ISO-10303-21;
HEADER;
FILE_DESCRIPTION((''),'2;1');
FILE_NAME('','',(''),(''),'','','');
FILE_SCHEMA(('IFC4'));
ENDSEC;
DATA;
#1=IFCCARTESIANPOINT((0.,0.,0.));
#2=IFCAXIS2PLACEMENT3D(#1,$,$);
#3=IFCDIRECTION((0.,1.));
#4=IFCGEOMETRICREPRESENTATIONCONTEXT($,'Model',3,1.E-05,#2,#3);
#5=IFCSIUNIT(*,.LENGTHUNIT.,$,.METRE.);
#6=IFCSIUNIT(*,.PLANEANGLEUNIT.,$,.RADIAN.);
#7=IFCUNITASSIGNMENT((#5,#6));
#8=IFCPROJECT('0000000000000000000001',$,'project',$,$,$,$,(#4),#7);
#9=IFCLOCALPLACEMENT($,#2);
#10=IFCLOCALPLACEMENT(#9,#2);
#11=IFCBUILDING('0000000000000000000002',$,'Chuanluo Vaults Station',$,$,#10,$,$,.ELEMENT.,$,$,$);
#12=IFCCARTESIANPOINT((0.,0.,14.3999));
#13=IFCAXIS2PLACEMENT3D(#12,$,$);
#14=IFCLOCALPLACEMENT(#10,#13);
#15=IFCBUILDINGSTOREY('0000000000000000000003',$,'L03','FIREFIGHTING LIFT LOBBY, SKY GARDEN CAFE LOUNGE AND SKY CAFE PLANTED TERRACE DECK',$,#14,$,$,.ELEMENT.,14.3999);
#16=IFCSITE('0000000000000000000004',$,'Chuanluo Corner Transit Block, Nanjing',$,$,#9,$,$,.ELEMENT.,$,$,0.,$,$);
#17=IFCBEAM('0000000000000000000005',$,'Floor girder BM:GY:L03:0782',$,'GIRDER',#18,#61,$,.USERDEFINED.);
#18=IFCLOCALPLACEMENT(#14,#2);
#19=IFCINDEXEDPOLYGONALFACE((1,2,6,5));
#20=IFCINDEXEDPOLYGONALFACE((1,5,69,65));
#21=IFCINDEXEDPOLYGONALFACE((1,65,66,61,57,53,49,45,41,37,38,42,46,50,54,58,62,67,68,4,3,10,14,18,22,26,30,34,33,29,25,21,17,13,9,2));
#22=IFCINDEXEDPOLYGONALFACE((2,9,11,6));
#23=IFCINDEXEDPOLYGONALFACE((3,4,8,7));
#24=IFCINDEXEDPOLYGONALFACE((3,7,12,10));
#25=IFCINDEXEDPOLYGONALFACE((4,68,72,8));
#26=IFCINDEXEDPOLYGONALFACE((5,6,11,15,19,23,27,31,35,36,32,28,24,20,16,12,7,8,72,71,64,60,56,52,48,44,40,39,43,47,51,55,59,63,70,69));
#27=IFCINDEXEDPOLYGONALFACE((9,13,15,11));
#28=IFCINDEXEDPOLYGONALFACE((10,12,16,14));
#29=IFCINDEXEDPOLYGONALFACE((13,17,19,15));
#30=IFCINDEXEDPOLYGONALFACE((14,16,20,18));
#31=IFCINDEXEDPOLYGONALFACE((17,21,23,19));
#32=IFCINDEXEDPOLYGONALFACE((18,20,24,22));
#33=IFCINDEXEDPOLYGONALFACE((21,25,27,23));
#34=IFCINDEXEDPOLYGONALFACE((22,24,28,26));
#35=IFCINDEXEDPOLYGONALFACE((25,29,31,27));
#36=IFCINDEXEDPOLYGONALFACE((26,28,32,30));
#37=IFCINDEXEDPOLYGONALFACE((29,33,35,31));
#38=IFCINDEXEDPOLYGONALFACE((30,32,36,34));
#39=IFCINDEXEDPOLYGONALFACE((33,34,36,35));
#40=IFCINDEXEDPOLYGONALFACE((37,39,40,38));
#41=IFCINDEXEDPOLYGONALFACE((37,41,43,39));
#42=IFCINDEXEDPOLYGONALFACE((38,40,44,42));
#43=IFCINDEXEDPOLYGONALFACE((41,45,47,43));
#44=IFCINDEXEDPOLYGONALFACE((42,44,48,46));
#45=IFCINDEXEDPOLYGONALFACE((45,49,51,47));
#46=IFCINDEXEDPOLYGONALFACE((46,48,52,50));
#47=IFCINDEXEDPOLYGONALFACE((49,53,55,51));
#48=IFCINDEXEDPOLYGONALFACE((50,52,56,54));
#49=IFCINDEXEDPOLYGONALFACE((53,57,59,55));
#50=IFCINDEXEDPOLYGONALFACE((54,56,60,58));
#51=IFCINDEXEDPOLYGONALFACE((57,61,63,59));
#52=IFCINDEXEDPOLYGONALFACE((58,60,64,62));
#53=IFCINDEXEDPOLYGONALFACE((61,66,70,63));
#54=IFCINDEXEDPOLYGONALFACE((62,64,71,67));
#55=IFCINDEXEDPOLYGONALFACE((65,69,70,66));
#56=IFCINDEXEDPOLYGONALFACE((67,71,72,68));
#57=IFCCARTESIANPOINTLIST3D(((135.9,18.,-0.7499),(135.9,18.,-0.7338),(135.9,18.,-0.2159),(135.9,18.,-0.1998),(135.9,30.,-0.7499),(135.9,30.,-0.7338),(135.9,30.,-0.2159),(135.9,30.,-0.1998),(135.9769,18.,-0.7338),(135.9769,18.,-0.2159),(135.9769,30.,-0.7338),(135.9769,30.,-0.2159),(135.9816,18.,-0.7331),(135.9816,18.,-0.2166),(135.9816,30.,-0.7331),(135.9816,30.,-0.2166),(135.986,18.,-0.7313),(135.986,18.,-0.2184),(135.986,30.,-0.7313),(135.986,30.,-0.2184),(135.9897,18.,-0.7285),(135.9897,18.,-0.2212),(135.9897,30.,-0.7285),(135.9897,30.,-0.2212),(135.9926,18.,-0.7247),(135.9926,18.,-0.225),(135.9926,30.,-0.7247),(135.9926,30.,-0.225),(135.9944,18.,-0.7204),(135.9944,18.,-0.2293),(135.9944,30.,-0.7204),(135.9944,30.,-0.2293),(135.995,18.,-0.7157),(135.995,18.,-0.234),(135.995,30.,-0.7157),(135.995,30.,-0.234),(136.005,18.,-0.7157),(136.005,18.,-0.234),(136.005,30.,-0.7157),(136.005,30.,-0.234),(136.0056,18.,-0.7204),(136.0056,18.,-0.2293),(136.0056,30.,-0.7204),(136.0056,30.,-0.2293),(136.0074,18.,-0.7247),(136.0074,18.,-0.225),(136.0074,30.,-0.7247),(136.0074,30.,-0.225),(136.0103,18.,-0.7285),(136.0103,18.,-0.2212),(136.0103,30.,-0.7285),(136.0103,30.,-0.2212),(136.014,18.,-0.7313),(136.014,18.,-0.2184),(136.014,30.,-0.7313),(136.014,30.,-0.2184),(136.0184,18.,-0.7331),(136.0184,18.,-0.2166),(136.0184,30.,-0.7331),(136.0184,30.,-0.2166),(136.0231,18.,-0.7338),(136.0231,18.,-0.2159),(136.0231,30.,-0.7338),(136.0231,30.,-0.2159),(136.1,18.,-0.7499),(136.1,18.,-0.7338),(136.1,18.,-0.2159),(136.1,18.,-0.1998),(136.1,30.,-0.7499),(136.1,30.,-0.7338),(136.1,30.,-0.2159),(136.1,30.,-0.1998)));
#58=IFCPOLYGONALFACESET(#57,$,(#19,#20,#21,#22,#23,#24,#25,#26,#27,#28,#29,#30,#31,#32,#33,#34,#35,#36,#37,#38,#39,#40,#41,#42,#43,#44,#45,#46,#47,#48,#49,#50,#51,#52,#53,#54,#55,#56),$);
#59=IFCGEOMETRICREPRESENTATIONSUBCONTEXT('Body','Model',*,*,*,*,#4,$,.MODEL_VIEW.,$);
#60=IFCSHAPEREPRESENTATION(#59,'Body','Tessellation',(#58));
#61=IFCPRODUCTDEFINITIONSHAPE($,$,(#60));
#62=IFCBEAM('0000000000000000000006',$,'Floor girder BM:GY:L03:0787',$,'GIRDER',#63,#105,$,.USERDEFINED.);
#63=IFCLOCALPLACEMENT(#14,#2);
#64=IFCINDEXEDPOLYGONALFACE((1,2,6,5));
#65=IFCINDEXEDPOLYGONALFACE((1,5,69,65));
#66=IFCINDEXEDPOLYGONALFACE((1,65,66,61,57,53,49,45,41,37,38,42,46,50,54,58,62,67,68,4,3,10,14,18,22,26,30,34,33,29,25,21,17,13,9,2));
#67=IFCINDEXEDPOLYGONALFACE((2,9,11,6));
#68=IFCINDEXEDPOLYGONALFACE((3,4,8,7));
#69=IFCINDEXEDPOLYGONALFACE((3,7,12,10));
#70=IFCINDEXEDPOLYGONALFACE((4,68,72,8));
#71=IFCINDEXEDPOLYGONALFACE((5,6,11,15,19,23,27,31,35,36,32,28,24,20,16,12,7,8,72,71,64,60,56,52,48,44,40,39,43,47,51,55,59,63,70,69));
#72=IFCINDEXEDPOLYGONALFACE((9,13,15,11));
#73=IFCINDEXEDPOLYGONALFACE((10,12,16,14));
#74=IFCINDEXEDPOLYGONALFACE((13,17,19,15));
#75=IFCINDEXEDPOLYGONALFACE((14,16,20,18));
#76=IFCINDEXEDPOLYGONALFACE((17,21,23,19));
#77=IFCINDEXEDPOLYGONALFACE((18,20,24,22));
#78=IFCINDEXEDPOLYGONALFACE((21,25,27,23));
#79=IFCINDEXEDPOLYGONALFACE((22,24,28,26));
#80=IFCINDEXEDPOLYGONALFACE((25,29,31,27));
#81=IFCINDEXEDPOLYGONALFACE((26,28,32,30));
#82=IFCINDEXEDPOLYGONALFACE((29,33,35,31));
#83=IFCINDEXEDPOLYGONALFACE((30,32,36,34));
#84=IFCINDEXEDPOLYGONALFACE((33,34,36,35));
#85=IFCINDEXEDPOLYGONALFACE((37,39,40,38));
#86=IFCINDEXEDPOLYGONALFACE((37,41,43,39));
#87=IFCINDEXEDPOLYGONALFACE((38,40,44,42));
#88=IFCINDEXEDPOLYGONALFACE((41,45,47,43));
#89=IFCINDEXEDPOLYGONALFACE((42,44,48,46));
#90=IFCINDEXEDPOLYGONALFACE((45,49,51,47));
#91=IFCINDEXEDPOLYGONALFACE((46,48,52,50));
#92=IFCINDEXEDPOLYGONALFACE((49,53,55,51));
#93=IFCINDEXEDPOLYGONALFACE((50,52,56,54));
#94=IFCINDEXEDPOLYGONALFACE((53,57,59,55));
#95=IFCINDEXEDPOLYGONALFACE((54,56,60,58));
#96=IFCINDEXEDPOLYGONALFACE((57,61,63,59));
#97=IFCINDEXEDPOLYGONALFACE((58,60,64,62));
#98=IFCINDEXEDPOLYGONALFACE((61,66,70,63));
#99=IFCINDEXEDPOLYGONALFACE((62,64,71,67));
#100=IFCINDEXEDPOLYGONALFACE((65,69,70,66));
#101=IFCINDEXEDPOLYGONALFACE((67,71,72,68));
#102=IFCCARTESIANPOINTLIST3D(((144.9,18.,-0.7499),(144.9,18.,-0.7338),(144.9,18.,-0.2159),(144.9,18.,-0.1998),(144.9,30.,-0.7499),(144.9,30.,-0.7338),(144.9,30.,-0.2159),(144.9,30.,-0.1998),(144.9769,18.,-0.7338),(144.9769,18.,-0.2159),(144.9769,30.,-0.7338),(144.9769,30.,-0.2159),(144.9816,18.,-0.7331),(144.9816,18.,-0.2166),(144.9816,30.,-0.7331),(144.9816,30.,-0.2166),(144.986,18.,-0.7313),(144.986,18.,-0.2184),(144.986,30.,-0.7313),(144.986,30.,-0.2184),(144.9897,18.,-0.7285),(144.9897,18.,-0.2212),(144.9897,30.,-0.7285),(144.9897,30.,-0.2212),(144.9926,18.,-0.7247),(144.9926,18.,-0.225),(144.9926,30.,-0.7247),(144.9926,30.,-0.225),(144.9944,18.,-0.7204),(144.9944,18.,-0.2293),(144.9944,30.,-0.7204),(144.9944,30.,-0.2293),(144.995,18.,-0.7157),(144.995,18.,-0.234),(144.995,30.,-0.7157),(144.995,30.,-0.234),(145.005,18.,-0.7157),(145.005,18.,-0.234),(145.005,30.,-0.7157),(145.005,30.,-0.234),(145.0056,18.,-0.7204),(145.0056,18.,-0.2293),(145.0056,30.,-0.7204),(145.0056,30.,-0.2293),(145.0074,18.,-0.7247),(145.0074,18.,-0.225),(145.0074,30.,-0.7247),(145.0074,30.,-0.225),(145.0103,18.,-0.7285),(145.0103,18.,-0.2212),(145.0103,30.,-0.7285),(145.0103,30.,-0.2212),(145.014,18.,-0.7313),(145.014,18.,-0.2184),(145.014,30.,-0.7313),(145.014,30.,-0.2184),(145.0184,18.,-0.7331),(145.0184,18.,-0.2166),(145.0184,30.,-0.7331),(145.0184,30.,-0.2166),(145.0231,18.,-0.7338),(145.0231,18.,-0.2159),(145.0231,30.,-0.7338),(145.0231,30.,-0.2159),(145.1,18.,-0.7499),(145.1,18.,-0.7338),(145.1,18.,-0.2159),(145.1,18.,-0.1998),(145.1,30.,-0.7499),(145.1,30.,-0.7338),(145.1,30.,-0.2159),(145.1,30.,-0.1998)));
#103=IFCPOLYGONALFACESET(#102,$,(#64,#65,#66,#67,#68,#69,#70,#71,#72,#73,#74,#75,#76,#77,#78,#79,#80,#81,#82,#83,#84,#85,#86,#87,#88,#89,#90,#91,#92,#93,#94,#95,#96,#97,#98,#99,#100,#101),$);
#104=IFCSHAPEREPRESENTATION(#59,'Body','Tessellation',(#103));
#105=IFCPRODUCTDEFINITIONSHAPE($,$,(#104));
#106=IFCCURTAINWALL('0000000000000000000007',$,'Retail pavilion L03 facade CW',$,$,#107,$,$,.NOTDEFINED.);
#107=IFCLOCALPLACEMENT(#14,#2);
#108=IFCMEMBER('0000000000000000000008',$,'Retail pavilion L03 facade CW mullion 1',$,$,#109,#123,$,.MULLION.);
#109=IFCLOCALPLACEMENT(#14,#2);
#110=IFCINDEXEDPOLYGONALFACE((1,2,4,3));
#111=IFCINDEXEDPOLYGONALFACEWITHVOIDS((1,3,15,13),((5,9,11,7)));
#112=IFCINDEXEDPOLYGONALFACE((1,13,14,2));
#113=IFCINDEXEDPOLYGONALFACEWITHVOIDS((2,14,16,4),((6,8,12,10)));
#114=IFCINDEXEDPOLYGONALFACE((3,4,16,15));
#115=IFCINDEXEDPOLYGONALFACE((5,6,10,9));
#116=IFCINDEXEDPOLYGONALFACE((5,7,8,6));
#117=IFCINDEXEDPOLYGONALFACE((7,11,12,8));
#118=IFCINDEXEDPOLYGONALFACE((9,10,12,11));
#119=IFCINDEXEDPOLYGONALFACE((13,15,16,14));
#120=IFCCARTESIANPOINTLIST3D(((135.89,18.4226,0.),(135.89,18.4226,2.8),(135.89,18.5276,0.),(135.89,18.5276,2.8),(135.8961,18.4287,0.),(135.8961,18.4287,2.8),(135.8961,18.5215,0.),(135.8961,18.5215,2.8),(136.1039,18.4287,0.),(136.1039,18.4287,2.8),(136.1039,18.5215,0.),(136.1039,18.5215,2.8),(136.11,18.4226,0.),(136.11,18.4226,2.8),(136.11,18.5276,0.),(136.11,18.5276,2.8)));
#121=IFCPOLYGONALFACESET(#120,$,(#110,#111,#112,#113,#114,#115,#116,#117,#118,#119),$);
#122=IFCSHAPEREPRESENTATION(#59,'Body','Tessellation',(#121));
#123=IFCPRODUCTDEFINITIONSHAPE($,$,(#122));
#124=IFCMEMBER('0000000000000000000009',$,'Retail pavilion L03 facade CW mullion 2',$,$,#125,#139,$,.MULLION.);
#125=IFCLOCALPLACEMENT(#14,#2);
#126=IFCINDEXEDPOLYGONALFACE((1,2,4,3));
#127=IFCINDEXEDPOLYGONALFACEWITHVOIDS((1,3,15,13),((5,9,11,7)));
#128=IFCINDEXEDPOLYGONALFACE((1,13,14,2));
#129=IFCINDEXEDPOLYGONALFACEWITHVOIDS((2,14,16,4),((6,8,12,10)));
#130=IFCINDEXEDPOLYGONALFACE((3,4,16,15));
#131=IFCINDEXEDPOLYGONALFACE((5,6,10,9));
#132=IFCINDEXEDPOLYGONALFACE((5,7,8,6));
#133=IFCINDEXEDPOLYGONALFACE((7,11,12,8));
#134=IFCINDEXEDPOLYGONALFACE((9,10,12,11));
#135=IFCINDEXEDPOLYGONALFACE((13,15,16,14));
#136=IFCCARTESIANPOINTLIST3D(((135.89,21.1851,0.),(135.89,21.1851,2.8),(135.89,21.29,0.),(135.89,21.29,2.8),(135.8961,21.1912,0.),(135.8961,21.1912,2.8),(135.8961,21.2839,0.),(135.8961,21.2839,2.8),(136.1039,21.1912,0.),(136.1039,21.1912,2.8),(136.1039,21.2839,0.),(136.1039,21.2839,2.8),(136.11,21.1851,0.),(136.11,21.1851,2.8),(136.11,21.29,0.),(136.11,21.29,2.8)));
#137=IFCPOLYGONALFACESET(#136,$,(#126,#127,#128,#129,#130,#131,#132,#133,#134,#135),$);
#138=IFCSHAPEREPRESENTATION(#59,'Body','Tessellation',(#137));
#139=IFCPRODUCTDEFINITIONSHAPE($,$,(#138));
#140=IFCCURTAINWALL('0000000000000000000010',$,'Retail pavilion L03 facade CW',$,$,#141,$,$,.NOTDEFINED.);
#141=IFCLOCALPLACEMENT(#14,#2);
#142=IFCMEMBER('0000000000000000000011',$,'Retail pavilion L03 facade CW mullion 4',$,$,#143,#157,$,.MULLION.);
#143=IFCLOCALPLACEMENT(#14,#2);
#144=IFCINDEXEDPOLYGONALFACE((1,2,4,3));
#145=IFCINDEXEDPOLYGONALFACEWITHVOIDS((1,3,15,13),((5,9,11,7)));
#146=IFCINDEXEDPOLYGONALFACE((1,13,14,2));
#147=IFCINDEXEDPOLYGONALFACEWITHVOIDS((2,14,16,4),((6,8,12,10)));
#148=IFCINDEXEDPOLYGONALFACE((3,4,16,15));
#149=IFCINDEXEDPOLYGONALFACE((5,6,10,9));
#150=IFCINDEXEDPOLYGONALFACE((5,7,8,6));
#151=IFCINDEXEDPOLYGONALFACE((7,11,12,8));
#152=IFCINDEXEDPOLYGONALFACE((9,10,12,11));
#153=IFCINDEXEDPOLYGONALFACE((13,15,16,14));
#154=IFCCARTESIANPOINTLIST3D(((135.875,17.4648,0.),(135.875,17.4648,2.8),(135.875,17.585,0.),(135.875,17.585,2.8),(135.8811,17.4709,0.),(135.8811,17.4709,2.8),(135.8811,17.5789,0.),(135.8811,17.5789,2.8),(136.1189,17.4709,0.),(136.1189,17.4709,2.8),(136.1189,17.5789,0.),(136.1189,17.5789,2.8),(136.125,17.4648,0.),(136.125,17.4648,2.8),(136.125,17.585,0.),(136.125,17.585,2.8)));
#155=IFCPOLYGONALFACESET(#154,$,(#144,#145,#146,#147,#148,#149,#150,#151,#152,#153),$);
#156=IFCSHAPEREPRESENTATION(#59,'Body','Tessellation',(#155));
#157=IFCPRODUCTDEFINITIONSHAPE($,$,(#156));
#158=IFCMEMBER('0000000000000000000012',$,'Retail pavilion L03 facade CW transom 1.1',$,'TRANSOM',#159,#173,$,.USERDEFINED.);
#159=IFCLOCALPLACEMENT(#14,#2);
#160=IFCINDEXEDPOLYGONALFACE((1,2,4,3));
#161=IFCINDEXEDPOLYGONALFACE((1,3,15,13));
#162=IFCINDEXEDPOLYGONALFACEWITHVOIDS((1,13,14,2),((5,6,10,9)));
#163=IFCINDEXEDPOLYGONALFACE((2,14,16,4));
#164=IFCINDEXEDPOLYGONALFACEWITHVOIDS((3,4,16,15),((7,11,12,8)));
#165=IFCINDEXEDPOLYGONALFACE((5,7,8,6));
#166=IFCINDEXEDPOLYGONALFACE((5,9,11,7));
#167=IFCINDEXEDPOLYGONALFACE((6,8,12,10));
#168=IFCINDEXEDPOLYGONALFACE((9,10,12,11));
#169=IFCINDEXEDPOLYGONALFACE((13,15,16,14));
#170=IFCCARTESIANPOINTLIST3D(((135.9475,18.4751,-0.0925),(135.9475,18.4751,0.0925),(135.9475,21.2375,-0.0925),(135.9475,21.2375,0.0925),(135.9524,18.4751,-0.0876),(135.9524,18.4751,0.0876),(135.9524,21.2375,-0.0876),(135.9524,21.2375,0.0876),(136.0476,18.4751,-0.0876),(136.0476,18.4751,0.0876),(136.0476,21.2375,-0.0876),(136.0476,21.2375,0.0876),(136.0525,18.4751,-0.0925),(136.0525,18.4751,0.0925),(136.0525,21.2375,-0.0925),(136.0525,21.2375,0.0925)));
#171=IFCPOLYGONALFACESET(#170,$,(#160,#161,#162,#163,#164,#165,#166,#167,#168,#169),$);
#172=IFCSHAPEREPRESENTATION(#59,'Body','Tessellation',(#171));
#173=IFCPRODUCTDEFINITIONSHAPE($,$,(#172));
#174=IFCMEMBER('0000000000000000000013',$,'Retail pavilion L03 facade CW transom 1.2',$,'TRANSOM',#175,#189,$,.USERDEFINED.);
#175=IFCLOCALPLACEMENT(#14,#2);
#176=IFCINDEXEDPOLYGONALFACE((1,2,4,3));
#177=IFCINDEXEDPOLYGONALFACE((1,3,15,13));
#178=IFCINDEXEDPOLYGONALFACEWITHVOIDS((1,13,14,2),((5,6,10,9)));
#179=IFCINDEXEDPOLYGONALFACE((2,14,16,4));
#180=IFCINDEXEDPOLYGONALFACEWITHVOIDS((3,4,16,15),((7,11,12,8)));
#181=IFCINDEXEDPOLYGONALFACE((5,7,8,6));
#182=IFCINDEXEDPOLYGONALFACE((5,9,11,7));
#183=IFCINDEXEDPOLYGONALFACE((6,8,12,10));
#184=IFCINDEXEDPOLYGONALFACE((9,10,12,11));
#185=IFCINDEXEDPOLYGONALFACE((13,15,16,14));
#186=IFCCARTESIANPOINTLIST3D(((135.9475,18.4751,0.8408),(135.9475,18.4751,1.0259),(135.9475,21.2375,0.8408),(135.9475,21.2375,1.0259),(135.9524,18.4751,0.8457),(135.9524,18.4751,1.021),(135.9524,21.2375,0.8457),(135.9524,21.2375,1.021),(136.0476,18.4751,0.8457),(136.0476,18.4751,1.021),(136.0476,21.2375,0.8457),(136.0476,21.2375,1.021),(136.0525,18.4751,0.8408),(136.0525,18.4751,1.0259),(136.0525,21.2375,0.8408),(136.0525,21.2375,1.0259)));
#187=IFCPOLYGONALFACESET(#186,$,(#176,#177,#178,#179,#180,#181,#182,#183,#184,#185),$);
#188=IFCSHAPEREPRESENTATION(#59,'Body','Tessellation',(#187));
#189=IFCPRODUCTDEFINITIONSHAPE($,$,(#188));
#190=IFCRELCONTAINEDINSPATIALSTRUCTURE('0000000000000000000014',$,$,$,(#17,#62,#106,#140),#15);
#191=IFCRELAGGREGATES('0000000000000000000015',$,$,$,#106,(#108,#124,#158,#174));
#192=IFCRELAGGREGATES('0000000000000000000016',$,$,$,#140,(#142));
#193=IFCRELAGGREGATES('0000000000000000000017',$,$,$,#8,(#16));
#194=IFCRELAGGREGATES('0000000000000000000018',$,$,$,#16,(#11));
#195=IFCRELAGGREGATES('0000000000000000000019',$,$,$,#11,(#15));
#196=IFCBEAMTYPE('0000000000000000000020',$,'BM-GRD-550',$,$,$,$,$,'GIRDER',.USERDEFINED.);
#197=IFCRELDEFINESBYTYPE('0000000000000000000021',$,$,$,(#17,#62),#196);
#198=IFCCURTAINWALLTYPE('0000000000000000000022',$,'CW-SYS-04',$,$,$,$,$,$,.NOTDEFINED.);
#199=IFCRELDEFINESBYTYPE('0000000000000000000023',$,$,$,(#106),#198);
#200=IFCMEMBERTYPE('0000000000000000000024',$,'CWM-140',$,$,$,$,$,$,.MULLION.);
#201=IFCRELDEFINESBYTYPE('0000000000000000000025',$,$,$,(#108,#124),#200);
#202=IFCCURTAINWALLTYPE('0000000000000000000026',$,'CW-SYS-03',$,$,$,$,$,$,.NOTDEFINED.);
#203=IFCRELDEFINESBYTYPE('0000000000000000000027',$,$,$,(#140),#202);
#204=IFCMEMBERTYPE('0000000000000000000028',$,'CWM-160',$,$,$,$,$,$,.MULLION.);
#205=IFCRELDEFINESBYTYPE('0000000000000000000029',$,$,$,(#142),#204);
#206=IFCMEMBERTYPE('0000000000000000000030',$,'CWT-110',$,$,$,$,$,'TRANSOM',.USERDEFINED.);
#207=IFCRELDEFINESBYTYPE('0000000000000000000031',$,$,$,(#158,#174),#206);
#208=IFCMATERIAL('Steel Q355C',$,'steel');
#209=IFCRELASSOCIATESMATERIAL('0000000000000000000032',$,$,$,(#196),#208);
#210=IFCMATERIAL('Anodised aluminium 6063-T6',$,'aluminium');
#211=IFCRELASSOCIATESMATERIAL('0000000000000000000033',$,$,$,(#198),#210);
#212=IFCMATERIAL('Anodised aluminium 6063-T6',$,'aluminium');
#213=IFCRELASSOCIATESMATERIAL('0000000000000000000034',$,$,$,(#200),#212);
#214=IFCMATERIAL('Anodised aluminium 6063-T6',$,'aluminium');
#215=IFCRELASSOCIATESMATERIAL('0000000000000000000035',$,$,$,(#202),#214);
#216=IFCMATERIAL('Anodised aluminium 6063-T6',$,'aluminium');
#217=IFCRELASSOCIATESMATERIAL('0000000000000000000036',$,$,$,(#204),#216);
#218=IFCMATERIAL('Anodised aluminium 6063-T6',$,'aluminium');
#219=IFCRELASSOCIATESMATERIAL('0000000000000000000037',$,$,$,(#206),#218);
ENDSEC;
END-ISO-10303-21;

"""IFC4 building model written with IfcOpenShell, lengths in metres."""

from ifc_helpers import new_model, si_unit, direction, frame, origin, origin_2d, place, context, subcontext, project, spatial, hollow_rectangle, i_section, extrude, material, material_profile, profile_set, type_object, element, aggregate, save


model = new_model("IFC4")

# Units and contexts
model_context = context("Model", 3, precision=1e-05, world=origin(), true_north=direction((0.0, 1.0)))
body_context = subcontext(model_context, "Body", "Model", "MODEL_VIEW")
ifc_project = project(units=[si_unit("LENGTHUNIT", "METRE"), si_unit("PLANEANGLEUNIT", "RADIAN")], contexts=[model_context])

# Site, building, storey
site_placement = place(None, origin())
site = spatial("IfcSite", under=ifc_project, at=site_placement, Name="Chuanluo Corner Transit Block, Nanjing", CompositionType="ELEMENT", RefElevation=0.0)
building_placement = place(site_placement, origin())
building = spatial("IfcBuilding", under=site, at=building_placement, Name="Chuanluo Vaults Station", CompositionType="ELEMENT")
storey_placement = place(building_placement, frame((0.0, 0.0, 14.3999)))
storey = spatial("IfcBuildingStorey", under=building, at=storey_placement, Name="L03", Description="FIREFIGHTING LIFT LOBBY, SKY GARDEN CAFE LOUNGE AND SKY CAFE PLANTED TERRACE DECK", CompositionType="ELEMENT", Elevation=14.3999)

# Beams
ifc_material_1 = material(Name="Steel Q355C", Category="steel")
ifc_material_profile_1 = material_profile(ifc_material_1, i_section(OverallWidth=0.2, OverallDepth=0.55, WebThickness=0.01, FlangeThickness=0.0161, FilletRadius=0.0181, at=origin_2d()))
ifc_profile_set_1 = profile_set([ifc_material_profile_1], Name="Steel Q355C")
beam_type_1 = type_object("IfcBeamType", Name="BM-GRD-550", ElementType="GIRDER", PredefinedType="USERDEFINED", material=ifc_profile_set_1)
for number, where, z_axis, x_axis, name in (
    (1, (136.0, 18.0, -0.4749), (0.0, 1.0, 0.0), (-1.0, 0.0, 0.0), "Floor girder BM:GY:L03:0782"),
    (2, (145.0, 18.0, -0.4749), (0.0, 1.0, 0.0), (-1.0, 0.0, 0.0), "Floor girder BM:GY:L03:0787"),
):
    element("IfcBeam", number, at=place(storey_placement, frame(where, z_axis=z_axis, x_axis=x_axis)), inside=storey, type_object=beam_type_1, Name=name, ObjectType="GIRDER", PredefinedType="USERDEFINED", context=body_context, shape_type="SweptSolid", body=[
        extrude(i_section(OverallWidth=0.2, OverallDepth=0.55, WebThickness=0.01, FlangeThickness=0.0161, FilletRadius=0.0181, at=origin_2d()), origin(), (0.0, 0.0, 1.0), 12.0),
    ])

# Curtain wall, members
ifc_material_2 = material(Name="Anodised aluminium 6063-T6", Category="aluminium")
curtain_wall_type_1 = type_object("IfcCurtainWallType", Name="CW-SYS-04", PredefinedType="NOTDEFINED", material=ifc_material_2)
curtain_wall_1_placement = place(storey_placement, origin())
curtain_wall_1 = element("IfcCurtainWall", 3, at=curtain_wall_1_placement, inside=storey, type_object=curtain_wall_type_1, Name="Retail pavilion L03 facade CW", PredefinedType="NOTDEFINED")
ifc_material_3 = material(Name="Anodised aluminium 6063-T6", Category="aluminium")
ifc_material_profile_2 = material_profile(ifc_material_3, hollow_rectangle(XDim=0.105, YDim=0.22, WallThickness=0.0061, at=origin_2d()))
ifc_profile_set_2 = profile_set([ifc_material_profile_2], Name="Anodised aluminium 6063-T6")
member_type_1 = type_object("IfcMemberType", Name="CWM-140", PredefinedType="MULLION", material=ifc_profile_set_2)
member_1_placement = place(storey_placement, frame((136.0, 18.4751, 0.0), z_axis=(0.0, 0.0, 1.0), x_axis=(0.0, 1.0, 0.0)))
member_1 = element("IfcMember", 4, at=member_1_placement, type_object=member_type_1, Name="Retail pavilion L03 facade CW mullion 1", PredefinedType="MULLION", context=body_context, shape_type="SweptSolid", body=[
    extrude(hollow_rectangle(XDim=0.105, YDim=0.22, WallThickness=0.0061, at=origin_2d()), origin(), (0.0, 0.0, 1.0), 2.8),
])
member_2_placement = place(storey_placement, frame((136.0, 21.2375, 0.0), z_axis=(0.0, 0.0, 1.0), x_axis=(0.0, 1.0, 0.0)))
member_2 = element("IfcMember", 5, at=member_2_placement, type_object=member_type_1, Name="Retail pavilion L03 facade CW mullion 2", PredefinedType="MULLION", context=body_context, shape_type="SweptSolid", body=[
    extrude(hollow_rectangle(XDim=0.105, YDim=0.22, WallThickness=0.0061, at=origin_2d()), origin(), (0.0, 0.0, 1.0), 2.8),
])

# Curtain wall, member
ifc_material_4 = material(Name="Anodised aluminium 6063-T6", Category="aluminium")
curtain_wall_type_2 = type_object("IfcCurtainWallType", Name="CW-SYS-03", PredefinedType="NOTDEFINED", material=ifc_material_4)
curtain_wall_2_placement = place(storey_placement, origin())
curtain_wall_2 = element("IfcCurtainWall", 6, at=curtain_wall_2_placement, inside=storey, type_object=curtain_wall_type_2, Name="Retail pavilion L03 facade CW", PredefinedType="NOTDEFINED")
ifc_material_5 = material(Name="Anodised aluminium 6063-T6", Category="aluminium")
ifc_material_profile_3 = material_profile(ifc_material_5, hollow_rectangle(XDim=0.1201, YDim=0.25, WallThickness=0.0061, at=origin_2d()))
ifc_profile_set_3 = profile_set([ifc_material_profile_3], Name="Anodised aluminium 6063-T6")
member_type_2 = type_object("IfcMemberType", Name="CWM-160", PredefinedType="MULLION", material=ifc_profile_set_3)
member_3_placement = place(storey_placement, frame((136.0, 17.5249, 0.0), z_axis=(0.0, 0.0, 1.0), x_axis=(0.0, 1.0, 0.0)))
member_3 = element("IfcMember", 7, at=member_3_placement, type_object=member_type_2, Name="Retail pavilion L03 facade CW mullion 4", PredefinedType="MULLION", context=body_context, shape_type="SweptSolid", body=[
    extrude(hollow_rectangle(XDim=0.1201, YDim=0.25, WallThickness=0.0061, at=origin_2d()), origin(), (0.0, 0.0, 1.0), 2.8),
])

# Members
ifc_material_6 = material(Name="Anodised aluminium 6063-T6", Category="aluminium")
ifc_material_profile_4 = material_profile(ifc_material_6, hollow_rectangle(XDim=0.105, YDim=0.1851, WallThickness=0.0049, at=origin_2d()))
ifc_profile_set_4 = profile_set([ifc_material_profile_4], Name="Anodised aluminium 6063-T6")
member_type_3 = type_object("IfcMemberType", Name="CWT-110", ElementType="TRANSOM", PredefinedType="USERDEFINED", material=ifc_profile_set_4)
member_4_placement = place(storey_placement, frame((136.0, 18.4751, 0.0), z_axis=(0.0, 1.0, 0.0), x_axis=(-1.0, 0.0, 0.0)))
member_4 = element("IfcMember", 8, at=member_4_placement, type_object=member_type_3, Name="Retail pavilion L03 facade CW transom 1.1", ObjectType="TRANSOM", PredefinedType="USERDEFINED", context=body_context, shape_type="SweptSolid", body=[
    extrude(hollow_rectangle(XDim=0.105, YDim=0.1851, WallThickness=0.0049, at=origin_2d()), origin(), (0.0, 0.0, 1.0), 2.7625),
])
member_5_placement = place(storey_placement, frame((136.0, 18.4751, 0.9333), z_axis=(0.0, 1.0, 0.0), x_axis=(-1.0, 0.0, 0.0)))
member_5 = element("IfcMember", 9, at=member_5_placement, type_object=member_type_3, Name="Retail pavilion L03 facade CW transom 1.2", ObjectType="TRANSOM", PredefinedType="USERDEFINED", context=body_context, shape_type="SweptSolid", body=[
    extrude(hollow_rectangle(XDim=0.105, YDim=0.1851, WallThickness=0.0049, at=origin_2d()), origin(), (0.0, 0.0, 1.0), 2.7625),
])

aggregate(curtain_wall_1, [member_1, member_2, member_4, member_5])
aggregate(curtain_wall_2, [member_3])

save(model, "model.ifc")
